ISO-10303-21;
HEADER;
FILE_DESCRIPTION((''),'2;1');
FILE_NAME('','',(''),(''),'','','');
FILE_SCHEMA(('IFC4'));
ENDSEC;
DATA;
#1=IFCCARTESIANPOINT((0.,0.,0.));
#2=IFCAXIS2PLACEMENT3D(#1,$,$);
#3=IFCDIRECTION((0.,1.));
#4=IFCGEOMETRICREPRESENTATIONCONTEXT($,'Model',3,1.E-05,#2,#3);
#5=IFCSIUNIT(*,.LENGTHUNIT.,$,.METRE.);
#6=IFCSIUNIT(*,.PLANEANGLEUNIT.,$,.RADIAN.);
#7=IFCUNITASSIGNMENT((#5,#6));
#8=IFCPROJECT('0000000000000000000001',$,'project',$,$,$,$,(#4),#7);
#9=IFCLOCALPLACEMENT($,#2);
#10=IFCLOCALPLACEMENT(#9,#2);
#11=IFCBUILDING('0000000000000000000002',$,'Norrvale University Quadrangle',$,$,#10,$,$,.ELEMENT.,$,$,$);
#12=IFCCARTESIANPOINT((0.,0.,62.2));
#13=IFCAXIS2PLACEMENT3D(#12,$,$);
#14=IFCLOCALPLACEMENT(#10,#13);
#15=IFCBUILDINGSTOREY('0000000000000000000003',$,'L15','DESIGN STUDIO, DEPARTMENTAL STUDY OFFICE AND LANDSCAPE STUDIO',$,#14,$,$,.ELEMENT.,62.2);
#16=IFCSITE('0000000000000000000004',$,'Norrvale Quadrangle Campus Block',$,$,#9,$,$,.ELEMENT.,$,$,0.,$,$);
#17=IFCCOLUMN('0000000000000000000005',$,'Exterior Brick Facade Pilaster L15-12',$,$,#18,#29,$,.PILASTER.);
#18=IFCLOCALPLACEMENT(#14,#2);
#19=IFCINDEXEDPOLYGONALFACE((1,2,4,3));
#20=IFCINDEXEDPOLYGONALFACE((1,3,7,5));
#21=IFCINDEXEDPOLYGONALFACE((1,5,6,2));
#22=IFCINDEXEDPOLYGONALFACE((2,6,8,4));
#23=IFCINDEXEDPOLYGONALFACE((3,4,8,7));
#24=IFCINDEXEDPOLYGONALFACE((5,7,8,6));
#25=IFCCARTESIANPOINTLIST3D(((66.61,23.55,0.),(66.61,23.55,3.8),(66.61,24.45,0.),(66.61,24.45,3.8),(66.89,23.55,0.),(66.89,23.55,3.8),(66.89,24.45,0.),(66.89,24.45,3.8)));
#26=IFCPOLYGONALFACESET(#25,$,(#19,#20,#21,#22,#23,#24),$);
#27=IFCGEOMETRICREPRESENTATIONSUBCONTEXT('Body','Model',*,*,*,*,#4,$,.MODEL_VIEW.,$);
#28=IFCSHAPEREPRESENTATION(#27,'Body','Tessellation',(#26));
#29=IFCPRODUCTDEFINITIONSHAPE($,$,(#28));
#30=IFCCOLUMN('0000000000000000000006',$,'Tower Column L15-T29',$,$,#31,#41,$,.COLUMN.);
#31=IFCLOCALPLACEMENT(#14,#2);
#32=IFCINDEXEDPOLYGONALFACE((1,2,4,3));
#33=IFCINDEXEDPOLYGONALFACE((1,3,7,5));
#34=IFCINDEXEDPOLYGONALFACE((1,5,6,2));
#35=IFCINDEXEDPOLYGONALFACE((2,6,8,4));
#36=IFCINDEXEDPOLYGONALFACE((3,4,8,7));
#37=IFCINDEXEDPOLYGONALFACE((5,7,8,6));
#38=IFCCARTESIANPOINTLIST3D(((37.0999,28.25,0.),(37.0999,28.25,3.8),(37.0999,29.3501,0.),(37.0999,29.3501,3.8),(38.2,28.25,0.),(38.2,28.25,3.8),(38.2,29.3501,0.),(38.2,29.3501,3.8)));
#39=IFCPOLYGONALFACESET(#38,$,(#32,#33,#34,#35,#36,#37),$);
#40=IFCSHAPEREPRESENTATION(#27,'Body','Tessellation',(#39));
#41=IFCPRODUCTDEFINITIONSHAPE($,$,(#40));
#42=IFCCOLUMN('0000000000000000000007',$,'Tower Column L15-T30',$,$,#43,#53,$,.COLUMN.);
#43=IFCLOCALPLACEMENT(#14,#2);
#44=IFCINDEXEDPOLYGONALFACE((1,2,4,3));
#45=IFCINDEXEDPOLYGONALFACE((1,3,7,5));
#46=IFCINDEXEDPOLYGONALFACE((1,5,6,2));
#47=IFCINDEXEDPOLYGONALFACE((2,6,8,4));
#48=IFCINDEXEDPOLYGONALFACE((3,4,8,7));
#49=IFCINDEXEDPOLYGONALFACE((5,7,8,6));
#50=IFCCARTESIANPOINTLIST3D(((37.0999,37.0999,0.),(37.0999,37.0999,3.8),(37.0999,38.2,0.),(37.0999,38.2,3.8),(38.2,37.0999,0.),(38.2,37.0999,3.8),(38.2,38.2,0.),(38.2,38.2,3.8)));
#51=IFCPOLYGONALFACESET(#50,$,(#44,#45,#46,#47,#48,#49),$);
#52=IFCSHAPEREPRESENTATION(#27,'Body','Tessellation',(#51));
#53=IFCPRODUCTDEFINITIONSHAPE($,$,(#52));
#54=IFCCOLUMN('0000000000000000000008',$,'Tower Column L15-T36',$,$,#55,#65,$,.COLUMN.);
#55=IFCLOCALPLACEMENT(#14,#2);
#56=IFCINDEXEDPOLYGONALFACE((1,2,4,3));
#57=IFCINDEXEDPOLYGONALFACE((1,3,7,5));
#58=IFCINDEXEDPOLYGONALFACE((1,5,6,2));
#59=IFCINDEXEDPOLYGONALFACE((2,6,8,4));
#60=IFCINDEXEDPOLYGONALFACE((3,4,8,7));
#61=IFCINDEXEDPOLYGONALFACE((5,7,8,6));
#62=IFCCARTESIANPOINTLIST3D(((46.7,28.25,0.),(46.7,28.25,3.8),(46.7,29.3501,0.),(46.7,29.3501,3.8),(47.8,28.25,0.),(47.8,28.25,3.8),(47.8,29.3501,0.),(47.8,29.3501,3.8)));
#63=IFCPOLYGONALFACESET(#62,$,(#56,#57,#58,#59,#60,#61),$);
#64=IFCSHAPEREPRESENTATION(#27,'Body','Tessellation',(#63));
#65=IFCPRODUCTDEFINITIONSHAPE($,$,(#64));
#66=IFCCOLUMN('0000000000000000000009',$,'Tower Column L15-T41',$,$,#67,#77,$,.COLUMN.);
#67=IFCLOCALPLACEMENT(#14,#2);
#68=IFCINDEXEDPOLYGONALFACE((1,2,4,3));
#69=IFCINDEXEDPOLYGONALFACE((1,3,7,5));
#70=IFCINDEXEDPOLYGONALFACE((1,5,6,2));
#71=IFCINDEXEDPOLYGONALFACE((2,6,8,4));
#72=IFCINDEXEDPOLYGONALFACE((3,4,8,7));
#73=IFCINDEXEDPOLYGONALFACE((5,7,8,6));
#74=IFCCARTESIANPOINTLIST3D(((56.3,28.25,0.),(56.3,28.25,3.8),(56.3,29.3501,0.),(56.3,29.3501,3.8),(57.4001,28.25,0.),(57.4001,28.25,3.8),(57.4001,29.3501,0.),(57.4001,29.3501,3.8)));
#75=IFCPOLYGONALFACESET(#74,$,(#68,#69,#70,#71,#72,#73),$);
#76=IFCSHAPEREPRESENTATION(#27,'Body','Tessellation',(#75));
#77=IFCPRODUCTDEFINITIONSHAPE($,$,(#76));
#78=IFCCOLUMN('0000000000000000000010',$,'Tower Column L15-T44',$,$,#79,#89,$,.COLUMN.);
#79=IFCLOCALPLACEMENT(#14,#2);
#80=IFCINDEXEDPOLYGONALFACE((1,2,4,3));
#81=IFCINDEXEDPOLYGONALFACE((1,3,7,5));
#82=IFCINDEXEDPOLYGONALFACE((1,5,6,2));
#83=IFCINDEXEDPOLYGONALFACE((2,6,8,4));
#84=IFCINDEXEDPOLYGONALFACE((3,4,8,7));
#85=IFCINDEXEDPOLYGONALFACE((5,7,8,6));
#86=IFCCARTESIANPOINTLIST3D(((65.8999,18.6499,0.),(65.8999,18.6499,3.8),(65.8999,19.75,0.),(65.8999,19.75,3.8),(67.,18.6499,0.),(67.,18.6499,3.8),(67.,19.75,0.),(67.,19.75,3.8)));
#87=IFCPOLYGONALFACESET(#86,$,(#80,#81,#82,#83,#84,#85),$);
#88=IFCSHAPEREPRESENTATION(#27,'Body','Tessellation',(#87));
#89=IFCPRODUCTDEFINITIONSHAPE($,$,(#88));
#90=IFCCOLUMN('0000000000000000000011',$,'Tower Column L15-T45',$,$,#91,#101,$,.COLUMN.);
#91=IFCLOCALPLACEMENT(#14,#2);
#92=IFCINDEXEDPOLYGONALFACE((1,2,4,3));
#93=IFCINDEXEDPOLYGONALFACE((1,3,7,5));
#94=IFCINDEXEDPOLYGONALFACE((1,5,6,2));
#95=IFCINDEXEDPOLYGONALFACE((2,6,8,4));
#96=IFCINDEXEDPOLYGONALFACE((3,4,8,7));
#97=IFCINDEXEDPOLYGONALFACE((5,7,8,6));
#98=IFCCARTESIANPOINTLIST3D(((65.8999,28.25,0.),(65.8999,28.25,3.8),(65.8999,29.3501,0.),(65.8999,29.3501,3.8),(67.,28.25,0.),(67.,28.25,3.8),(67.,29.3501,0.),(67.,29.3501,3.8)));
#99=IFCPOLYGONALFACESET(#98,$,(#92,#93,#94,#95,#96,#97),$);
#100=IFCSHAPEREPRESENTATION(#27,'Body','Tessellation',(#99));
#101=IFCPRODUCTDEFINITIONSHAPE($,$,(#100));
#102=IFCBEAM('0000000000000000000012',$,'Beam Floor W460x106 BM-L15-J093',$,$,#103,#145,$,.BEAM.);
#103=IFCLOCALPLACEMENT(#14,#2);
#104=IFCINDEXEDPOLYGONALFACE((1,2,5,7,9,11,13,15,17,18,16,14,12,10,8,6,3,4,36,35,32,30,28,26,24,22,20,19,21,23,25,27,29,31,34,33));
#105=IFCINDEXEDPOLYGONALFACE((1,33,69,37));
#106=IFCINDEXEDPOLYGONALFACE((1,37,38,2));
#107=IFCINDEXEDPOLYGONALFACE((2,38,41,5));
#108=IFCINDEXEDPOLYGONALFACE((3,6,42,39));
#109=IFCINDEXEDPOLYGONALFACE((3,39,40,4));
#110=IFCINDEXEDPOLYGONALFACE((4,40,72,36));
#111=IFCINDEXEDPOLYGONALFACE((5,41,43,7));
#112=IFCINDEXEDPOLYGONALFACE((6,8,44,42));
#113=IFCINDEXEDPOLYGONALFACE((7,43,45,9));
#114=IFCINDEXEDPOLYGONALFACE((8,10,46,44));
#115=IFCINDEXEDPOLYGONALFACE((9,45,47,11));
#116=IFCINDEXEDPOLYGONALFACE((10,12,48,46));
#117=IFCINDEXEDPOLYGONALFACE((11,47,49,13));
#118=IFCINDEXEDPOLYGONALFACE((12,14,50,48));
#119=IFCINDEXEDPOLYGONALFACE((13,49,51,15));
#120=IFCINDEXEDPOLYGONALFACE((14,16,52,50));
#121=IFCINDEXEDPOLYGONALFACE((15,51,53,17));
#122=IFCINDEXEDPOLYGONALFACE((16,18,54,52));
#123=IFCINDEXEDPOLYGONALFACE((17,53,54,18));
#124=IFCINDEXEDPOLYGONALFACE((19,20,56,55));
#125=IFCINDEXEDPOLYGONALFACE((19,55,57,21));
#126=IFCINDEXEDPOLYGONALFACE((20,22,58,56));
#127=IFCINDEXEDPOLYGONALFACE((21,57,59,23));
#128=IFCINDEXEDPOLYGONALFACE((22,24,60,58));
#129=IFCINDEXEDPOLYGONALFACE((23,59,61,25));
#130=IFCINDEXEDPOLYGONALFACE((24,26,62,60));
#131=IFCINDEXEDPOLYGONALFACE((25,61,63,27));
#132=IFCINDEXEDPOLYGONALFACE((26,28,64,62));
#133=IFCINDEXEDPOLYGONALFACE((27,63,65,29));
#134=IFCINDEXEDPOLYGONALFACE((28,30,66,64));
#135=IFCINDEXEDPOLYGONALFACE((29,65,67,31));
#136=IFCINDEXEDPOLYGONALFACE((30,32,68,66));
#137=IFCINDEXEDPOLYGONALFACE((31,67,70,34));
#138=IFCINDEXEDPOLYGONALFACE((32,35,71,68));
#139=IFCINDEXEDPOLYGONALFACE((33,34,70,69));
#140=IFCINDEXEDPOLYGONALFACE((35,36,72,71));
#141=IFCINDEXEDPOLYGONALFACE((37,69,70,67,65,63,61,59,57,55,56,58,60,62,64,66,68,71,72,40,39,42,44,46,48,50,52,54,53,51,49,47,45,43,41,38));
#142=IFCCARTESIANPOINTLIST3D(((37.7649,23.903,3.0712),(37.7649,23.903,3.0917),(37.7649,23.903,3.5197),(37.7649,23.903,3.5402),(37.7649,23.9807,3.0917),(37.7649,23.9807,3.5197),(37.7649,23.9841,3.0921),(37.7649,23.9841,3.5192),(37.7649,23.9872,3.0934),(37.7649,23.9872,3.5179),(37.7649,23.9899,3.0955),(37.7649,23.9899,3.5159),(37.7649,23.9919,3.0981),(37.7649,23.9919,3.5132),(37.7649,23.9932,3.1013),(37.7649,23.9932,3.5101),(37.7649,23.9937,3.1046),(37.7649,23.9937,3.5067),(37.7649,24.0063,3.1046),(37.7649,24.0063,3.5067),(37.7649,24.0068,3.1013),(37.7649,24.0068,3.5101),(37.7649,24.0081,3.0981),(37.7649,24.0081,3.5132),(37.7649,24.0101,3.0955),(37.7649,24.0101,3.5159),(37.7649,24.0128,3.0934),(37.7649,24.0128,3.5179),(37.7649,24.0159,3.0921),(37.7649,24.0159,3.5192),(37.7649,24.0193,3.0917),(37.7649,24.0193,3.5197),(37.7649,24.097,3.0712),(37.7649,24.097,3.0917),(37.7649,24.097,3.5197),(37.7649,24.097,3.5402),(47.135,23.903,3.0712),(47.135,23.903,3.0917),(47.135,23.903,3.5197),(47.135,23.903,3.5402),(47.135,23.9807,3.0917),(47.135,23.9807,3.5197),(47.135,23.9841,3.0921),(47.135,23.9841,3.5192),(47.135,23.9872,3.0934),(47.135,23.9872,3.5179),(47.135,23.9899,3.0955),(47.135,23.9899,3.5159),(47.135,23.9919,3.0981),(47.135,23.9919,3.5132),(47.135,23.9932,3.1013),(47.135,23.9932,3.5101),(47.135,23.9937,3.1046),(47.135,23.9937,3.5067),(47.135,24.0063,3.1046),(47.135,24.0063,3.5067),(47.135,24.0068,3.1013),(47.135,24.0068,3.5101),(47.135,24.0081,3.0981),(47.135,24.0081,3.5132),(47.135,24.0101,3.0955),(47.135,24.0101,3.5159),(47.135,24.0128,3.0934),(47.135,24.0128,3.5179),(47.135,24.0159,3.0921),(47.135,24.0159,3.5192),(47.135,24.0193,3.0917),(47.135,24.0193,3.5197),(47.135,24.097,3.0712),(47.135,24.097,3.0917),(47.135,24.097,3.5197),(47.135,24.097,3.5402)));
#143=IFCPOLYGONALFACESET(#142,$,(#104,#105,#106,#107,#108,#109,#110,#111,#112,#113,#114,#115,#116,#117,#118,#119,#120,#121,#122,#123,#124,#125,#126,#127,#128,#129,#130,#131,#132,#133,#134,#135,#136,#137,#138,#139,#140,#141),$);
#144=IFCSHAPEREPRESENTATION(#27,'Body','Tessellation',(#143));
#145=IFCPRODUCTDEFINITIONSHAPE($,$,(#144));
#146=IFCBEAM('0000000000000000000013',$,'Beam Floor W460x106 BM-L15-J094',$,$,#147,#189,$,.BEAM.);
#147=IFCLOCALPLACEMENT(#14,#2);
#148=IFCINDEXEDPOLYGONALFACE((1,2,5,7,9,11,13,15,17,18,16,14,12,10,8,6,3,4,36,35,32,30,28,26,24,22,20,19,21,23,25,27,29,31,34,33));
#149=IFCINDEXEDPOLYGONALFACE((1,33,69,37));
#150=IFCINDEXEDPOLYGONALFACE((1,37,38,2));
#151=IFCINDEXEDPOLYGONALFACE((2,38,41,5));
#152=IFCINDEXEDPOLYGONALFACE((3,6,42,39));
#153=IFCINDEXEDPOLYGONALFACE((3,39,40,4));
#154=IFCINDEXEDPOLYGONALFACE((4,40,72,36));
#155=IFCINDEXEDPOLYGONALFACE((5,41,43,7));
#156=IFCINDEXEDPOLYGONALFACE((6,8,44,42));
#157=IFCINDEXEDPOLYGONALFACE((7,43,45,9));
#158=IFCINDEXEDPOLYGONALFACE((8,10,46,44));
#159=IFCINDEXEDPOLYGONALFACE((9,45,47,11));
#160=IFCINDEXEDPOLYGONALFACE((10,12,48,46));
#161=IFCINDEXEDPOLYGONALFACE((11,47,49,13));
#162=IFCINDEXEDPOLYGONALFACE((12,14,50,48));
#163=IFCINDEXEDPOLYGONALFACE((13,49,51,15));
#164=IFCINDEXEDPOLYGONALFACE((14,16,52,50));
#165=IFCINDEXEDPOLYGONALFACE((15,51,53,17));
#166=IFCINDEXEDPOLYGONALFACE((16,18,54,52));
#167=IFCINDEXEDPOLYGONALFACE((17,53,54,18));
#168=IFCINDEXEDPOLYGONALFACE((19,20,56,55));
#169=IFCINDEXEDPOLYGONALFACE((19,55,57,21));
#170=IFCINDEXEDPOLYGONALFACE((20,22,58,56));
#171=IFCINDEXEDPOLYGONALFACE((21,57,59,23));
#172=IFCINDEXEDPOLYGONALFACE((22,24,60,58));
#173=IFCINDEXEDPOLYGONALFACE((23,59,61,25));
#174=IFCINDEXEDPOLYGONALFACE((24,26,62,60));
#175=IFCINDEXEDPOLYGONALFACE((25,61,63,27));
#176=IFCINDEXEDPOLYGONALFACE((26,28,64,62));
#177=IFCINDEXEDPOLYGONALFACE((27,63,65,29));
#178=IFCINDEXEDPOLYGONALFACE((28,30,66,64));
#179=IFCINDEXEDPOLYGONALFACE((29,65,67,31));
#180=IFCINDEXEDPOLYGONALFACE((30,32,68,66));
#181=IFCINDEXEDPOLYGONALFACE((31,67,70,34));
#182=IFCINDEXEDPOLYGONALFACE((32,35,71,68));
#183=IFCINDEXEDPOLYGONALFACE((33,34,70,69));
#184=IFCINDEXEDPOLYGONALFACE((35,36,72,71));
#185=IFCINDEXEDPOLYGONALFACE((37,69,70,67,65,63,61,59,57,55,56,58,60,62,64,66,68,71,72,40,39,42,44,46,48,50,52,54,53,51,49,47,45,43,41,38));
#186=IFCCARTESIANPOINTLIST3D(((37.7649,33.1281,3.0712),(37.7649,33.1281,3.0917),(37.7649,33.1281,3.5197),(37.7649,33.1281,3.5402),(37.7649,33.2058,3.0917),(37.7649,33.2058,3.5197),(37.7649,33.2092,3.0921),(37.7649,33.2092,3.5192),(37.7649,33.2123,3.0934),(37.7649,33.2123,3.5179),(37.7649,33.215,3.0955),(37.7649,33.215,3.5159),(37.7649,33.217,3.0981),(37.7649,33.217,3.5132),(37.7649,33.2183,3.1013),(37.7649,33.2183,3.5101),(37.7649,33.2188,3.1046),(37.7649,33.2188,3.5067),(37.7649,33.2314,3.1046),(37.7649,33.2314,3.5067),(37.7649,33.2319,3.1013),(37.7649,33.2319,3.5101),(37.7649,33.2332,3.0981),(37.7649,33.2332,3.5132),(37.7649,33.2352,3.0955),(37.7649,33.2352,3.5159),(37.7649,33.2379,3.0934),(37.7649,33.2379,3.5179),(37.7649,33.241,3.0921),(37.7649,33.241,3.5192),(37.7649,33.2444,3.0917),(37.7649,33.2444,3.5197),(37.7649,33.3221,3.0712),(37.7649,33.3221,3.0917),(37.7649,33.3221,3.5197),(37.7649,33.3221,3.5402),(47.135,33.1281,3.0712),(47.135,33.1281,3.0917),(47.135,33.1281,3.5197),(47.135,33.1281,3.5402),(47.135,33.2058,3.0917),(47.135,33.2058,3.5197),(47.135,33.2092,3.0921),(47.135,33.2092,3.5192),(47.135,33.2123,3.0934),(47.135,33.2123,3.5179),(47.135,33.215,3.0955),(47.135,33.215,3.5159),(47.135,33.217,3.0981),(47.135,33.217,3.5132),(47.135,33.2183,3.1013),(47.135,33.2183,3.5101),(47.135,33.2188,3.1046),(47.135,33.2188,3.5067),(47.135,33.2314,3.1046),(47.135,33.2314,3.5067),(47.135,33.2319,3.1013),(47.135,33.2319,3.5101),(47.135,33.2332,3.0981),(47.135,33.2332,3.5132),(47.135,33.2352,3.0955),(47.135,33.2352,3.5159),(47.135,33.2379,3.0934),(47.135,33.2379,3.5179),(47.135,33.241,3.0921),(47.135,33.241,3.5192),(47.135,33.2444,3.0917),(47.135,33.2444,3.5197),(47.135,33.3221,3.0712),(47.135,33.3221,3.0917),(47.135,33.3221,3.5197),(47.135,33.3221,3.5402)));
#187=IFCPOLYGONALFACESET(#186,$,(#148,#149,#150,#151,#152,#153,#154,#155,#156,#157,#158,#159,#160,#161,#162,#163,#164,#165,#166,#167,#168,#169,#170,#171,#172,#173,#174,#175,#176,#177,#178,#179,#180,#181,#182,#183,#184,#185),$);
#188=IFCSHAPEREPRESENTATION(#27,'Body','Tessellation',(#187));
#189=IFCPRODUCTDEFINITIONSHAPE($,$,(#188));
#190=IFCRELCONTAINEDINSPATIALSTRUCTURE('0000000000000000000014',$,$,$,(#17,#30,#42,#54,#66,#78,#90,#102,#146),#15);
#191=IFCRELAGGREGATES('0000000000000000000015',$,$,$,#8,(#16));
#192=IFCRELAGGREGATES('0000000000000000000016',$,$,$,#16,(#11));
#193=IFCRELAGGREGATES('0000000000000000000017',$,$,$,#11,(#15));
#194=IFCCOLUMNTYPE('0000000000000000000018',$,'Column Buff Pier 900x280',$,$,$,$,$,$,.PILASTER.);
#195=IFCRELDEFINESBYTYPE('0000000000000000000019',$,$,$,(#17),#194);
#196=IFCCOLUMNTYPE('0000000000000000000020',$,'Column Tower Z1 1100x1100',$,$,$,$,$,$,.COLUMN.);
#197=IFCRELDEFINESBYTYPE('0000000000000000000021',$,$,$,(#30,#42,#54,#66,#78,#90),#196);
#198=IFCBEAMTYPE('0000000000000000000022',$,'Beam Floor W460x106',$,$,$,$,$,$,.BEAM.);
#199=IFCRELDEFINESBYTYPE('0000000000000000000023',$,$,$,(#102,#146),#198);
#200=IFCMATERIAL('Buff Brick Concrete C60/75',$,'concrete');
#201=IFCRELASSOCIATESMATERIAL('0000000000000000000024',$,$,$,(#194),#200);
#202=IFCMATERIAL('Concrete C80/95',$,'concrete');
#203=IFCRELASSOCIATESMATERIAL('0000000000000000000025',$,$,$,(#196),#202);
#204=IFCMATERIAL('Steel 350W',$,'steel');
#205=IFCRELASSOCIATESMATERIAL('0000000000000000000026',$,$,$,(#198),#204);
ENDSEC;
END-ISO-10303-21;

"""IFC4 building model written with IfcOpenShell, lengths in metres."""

from ifc_helpers import new_model, si_unit, direction, frame, origin, origin_2d, place, context, subcontext, project, spatial, rectangle, i_section, extrude, material, material_profile, profile_set, type_object, element, save


model = new_model("IFC4")

# Units and contexts
model_context = context("Model", 3, precision=1e-05, world=origin(), true_north=direction((0.0, 1.0)))
body_context = subcontext(model_context, "Body", "Model", "MODEL_VIEW")
ifc_project = project(units=[si_unit("LENGTHUNIT", "METRE"), si_unit("PLANEANGLEUNIT", "RADIAN")], contexts=[model_context])

# Site, building, storey
site_placement = place(None, origin())
site = spatial("IfcSite", under=ifc_project, at=site_placement, Name="Norrvale Quadrangle Campus Block", CompositionType="ELEMENT", RefElevation=0.0)
building_placement = place(site_placement, origin())
building = spatial("IfcBuilding", under=site, at=building_placement, Name="Norrvale University Quadrangle", CompositionType="ELEMENT")
storey_placement = place(building_placement, frame((0.0, 0.0, 62.2)))
storey = spatial("IfcBuildingStorey", under=building, at=storey_placement, Name="L15", Description="DESIGN STUDIO, DEPARTMENTAL STUDY OFFICE AND LANDSCAPE STUDIO", CompositionType="ELEMENT", Elevation=62.2)

# Columns
ifc_material_1 = material(Name="Buff Brick Concrete C60/75", Category="concrete")
ifc_material_profile_1 = material_profile(ifc_material_1, rectangle(XDim=0.8999, YDim=0.28, at=origin_2d()), Name="Buff Brick Concrete C60/75")
ifc_profile_set_1 = profile_set([ifc_material_profile_1], Name="Buff Brick Concrete C60/75")
column_type_1 = type_object("IfcColumnType", Name="Column Buff Pier 900x280", PredefinedType="PILASTER", material=ifc_profile_set_1)
column_placement = place(storey_placement, frame((66.75, 24.0, 0.0), z_axis=(0.0, 0.0, 1.0), x_axis=(0.0, 1.0, 0.0)))
element("IfcColumn", 1, at=column_placement, inside=storey, type_object=column_type_1, Name="Exterior Brick Facade Pilaster L15-12", PredefinedType="PILASTER", context=body_context, shape_type="SweptSolid", body=[
    extrude(rectangle(XDim=0.8999, YDim=0.28, at=origin_2d()), origin(), (0.0, 0.0, 1.0), 3.8),
])
ifc_material_2 = material(Name="Concrete C80/95", Category="concrete")
ifc_material_profile_2 = material_profile(ifc_material_2, rectangle(XDim=1.1001, YDim=1.1001, at=origin_2d()), Name="Concrete C80/95")
ifc_profile_set_2 = profile_set([ifc_material_profile_2], Name="Concrete C80/95")
column_type_2 = type_object("IfcColumnType", Name="Column Tower Z1 1100x1100", PredefinedType="COLUMN", material=ifc_profile_set_2)
for number, where, z_axis, x_axis, name in (
    (2, (37.6499, 28.8, 0.0), (0.0, 0.0, 1.0), (1.0, 0.0, 0.0), "Tower Column L15-T29"),
    (3, (37.6499, 37.6499, 0.0), (0.0, 0.0, 1.0), (1.0, 0.0, 0.0), "Tower Column L15-T30"),
    (4, (47.25, 28.8, 0.0), (0.0, 0.0, 1.0), (1.0, 0.0, 0.0), "Tower Column L15-T36"),
    (5, (56.8501, 28.8, 0.0), (0.0, 0.0, 1.0), (1.0, 0.0, 0.0), "Tower Column L15-T41"),
    (6, (66.45, 19.2, 0.0), (0.0, 0.0, 1.0), (1.0, 0.0, 0.0), "Tower Column L15-T44"),
    (7, (66.45, 28.8, 0.0), (0.0, 0.0, 1.0), (1.0, 0.0, 0.0), "Tower Column L15-T45"),
):
    element("IfcColumn", number, at=place(storey_placement, frame(where, z_axis=z_axis, x_axis=x_axis)), inside=storey, type_object=column_type_2, Name=name, PredefinedType="COLUMN", context=body_context, shape_type="SweptSolid", body=[
        extrude(rectangle(XDim=1.1001, YDim=1.1001, at=origin_2d()), origin(), (0.0, 0.0, 1.0), 3.8),
    ])

# Beams
ifc_material_3 = material(Name="Steel 350W", Category="steel")
ifc_material_profile_3 = material_profile(ifc_material_3, i_section(OverallWidth=0.1941, OverallDepth=0.469, WebThickness=0.0127, FlangeThickness=0.0205, FilletRadius=0.0129, at=origin_2d()), Name="Steel 350W")
ifc_profile_set_3 = profile_set([ifc_material_profile_3], Name="Steel 350W")
beam_type_1 = type_object("IfcBeamType", Name="Beam Floor W460x106", PredefinedType="BEAM", material=ifc_profile_set_3)
for number, where, z_axis, x_axis, name in (
    (8, (37.7649, 24.0, 3.3057), (1.0, 0.0, 0.0), (0.0, 1.0, 0.0), "Beam Floor W460x106 BM-L15-J093"),
    (9, (37.7649, 33.2251, 3.3057), (1.0, 0.0, 0.0), (0.0, 1.0, 0.0), "Beam Floor W460x106 BM-L15-J094"),
):
    element("IfcBeam", number, at=place(storey_placement, frame(where, z_axis=z_axis, x_axis=x_axis)), inside=storey, type_object=beam_type_1, Name=name, PredefinedType="BEAM", context=body_context, shape_type="SweptSolid", body=[
        extrude(i_section(OverallWidth=0.1941, OverallDepth=0.469, WebThickness=0.0127, FlangeThickness=0.0205, FilletRadius=0.0129, at=origin_2d()), origin(), (0.0, 0.0, 1.0), 9.3701),
    ])

save(model, "model.ifc")
